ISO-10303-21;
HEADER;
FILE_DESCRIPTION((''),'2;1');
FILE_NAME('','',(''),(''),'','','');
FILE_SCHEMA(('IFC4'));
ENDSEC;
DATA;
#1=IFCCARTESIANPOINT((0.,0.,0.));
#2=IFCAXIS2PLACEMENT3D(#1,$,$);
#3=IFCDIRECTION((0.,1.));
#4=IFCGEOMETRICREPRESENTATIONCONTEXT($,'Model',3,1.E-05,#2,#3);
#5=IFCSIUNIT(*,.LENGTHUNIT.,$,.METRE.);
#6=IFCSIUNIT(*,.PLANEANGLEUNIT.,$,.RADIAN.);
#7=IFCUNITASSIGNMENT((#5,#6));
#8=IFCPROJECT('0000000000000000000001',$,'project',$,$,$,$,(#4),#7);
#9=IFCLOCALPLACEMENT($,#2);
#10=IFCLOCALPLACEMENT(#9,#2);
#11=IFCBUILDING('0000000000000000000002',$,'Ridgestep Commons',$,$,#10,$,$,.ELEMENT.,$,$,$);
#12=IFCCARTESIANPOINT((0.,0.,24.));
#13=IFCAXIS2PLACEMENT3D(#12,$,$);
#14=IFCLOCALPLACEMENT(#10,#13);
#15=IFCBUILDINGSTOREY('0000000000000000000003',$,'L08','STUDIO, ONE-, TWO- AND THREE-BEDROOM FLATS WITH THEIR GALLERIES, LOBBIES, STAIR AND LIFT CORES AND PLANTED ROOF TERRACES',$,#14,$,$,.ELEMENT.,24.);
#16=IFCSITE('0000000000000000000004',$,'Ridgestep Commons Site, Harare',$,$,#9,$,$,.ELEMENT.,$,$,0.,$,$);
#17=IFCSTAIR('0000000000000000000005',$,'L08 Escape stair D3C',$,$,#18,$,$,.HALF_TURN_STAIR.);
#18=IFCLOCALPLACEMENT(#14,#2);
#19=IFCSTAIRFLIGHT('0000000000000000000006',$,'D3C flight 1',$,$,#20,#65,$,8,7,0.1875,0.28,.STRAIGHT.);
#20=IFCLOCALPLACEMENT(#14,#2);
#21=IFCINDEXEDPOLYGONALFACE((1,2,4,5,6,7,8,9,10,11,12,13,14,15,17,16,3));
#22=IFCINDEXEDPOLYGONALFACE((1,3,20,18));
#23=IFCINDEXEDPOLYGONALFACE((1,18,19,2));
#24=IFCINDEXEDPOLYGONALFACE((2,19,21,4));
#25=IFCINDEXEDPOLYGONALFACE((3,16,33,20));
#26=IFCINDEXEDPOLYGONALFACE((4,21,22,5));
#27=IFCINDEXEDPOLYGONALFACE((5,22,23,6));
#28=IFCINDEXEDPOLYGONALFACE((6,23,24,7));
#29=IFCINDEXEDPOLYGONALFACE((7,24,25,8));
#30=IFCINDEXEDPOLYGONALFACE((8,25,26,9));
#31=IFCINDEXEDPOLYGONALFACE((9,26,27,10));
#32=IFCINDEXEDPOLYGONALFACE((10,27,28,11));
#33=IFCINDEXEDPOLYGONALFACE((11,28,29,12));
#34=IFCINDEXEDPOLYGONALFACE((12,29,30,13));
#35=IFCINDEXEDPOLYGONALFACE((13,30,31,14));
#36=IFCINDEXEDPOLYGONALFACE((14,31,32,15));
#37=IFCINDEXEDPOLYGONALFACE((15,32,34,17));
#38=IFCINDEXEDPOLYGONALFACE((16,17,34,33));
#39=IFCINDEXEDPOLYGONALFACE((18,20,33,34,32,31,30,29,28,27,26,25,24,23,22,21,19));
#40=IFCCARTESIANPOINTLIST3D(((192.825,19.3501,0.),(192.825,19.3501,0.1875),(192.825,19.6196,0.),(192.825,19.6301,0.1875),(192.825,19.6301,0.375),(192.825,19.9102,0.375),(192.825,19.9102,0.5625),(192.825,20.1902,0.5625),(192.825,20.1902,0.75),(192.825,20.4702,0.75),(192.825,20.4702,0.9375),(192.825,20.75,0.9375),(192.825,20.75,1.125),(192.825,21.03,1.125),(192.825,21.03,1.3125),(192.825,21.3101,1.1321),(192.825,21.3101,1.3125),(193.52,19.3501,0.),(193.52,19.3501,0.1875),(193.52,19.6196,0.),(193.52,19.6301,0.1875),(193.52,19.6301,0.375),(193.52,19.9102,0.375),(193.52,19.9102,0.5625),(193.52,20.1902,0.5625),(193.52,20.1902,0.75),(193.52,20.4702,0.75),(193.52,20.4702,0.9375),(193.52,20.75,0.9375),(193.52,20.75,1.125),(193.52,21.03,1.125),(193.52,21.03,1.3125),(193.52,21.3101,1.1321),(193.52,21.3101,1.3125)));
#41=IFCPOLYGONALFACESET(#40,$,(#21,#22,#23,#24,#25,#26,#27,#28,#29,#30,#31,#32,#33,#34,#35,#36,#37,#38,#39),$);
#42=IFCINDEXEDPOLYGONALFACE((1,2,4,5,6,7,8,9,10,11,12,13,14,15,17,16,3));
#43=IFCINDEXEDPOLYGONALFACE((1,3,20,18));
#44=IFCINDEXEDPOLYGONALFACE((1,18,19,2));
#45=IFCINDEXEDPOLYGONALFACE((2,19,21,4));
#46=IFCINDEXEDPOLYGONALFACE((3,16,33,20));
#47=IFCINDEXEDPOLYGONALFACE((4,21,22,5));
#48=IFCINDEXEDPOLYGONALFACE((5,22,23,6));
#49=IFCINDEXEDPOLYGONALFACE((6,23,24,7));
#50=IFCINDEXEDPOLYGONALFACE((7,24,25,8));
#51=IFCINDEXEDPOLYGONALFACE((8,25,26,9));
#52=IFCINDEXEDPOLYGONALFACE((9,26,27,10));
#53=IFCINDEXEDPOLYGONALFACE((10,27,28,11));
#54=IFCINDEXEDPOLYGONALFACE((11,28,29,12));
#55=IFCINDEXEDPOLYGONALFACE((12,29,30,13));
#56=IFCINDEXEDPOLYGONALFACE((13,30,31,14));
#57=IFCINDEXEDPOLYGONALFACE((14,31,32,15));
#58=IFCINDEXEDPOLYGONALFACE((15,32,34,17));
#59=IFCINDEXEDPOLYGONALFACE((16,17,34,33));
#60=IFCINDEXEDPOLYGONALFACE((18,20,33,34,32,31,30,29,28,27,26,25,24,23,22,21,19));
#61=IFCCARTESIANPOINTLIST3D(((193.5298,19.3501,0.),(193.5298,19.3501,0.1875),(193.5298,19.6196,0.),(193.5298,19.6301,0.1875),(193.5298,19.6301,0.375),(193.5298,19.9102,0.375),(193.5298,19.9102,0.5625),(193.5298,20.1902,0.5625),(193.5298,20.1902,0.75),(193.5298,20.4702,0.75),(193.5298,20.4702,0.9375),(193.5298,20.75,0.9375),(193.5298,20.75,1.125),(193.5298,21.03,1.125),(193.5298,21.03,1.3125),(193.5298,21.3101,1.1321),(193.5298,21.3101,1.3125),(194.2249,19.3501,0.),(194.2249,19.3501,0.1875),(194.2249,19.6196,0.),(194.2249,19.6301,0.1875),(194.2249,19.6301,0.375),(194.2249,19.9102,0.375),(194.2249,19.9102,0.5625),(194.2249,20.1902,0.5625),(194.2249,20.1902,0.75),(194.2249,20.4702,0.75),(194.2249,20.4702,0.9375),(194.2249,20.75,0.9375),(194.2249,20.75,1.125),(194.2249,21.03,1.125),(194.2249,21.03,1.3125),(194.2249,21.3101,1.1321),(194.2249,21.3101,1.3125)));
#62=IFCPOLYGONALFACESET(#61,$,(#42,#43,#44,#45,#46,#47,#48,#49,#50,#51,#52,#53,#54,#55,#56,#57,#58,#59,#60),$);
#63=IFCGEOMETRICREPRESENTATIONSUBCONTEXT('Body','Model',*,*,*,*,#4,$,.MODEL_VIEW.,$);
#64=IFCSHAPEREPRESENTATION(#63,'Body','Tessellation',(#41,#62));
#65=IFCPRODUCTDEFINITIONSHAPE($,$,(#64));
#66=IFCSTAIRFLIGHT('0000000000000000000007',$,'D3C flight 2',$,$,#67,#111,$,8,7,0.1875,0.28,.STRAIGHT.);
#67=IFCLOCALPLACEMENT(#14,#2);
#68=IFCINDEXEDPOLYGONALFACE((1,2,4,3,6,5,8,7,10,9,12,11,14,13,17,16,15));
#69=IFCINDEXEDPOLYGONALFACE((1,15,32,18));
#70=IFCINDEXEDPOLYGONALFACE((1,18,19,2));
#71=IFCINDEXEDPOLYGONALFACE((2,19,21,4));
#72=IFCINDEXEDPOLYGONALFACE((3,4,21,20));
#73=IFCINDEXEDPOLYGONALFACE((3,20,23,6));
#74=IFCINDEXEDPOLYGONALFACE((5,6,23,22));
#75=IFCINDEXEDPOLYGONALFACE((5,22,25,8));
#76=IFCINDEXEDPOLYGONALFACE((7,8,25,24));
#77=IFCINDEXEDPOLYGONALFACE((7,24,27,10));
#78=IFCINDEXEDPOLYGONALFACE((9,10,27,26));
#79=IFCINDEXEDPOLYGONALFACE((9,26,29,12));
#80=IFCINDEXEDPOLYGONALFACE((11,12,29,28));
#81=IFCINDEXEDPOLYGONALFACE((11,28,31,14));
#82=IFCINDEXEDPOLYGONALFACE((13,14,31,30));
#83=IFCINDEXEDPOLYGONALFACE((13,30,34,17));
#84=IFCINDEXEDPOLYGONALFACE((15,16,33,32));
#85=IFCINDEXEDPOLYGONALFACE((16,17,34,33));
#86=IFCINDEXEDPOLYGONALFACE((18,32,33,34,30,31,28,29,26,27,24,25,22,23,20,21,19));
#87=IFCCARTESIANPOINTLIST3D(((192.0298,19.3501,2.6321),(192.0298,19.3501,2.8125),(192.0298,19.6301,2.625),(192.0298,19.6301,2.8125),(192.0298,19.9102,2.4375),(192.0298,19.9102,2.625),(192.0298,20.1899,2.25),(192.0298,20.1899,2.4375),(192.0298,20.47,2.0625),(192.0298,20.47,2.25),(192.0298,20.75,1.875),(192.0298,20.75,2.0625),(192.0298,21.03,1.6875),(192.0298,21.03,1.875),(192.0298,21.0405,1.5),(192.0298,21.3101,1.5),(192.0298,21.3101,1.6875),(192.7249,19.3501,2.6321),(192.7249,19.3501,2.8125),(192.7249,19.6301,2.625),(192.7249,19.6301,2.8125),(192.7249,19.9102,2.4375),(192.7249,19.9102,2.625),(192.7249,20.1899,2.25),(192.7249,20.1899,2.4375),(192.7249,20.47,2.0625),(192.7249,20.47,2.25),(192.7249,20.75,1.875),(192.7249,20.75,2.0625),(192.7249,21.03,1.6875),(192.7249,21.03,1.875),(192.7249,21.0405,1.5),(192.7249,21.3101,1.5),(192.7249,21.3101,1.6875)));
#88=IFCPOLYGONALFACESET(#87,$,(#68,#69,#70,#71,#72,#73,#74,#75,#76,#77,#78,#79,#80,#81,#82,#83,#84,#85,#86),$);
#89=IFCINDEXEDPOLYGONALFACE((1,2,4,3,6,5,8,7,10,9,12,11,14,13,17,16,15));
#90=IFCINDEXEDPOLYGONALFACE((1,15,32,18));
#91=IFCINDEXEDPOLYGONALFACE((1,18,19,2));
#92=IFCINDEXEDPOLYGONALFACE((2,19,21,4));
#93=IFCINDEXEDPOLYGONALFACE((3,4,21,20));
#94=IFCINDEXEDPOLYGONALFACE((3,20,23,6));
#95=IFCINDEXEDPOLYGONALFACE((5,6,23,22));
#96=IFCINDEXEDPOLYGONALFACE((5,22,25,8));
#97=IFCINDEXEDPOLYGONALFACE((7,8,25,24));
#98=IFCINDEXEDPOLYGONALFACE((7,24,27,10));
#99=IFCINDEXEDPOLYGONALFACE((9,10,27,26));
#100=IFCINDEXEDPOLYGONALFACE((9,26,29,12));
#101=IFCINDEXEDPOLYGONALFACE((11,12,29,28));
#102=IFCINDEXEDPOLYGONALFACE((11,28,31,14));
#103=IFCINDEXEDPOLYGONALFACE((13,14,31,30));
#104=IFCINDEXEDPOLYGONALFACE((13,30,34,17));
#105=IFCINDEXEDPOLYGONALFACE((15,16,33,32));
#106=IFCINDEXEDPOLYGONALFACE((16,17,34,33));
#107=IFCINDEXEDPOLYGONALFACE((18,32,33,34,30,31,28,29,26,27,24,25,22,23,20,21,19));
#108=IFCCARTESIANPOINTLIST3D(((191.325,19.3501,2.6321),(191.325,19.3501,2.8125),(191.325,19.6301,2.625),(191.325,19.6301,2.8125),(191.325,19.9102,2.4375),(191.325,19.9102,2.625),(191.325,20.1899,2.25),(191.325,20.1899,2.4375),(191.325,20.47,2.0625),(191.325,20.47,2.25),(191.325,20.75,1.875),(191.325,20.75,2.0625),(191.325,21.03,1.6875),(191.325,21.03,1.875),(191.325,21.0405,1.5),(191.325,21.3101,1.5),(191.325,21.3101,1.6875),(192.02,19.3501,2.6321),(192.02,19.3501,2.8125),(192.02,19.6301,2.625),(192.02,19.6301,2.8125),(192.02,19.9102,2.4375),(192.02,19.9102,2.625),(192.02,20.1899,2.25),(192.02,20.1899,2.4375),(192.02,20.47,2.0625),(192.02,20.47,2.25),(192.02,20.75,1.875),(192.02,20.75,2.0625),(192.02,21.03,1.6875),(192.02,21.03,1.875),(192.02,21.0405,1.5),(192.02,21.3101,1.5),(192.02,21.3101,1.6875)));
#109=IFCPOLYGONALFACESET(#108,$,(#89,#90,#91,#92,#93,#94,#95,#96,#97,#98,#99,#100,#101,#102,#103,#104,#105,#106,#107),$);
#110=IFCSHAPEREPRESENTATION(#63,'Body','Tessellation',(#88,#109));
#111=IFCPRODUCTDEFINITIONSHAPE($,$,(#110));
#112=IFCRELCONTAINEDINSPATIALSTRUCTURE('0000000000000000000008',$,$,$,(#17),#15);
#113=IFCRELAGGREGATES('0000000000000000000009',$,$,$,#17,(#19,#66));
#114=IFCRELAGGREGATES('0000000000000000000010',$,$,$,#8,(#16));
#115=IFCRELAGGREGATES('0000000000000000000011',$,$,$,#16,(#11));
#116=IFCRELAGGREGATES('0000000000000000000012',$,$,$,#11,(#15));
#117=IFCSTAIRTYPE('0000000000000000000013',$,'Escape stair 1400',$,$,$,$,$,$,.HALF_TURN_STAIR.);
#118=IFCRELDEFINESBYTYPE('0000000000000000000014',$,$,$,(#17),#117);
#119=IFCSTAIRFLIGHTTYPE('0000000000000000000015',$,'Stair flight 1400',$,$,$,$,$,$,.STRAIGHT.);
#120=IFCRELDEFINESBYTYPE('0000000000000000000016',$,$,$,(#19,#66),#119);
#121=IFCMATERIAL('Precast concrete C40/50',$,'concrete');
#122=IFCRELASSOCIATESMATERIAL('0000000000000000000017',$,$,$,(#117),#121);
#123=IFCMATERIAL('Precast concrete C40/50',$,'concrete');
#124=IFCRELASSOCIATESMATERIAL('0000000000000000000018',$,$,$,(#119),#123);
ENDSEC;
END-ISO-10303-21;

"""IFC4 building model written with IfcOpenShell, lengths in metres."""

from ifc_helpers import new_model, si_unit, direction, frame, origin, place, context, subcontext, project, spatial, polyline, outline, extrude, material, type_object, element, aggregate, save


model = new_model("IFC4")

# Units and contexts
model_context = context("Model", 3, precision=1e-05, world=origin(), true_north=direction((0.0, 1.0)))
body_context = subcontext(model_context, "Body", "Model", "MODEL_VIEW")
ifc_project = project(units=[si_unit("LENGTHUNIT", "METRE"), si_unit("PLANEANGLEUNIT", "RADIAN")], contexts=[model_context])

# Site, building, storey
site_placement = place(None, origin())
site = spatial("IfcSite", under=ifc_project, at=site_placement, Name="Ridgestep Commons Site, Harare", CompositionType="ELEMENT", RefElevation=0.0)
building_placement = place(site_placement, origin())
building = spatial("IfcBuilding", under=site, at=building_placement, Name="Ridgestep Commons", CompositionType="ELEMENT")
storey_placement = place(building_placement, frame((0.0, 0.0, 24.0)))
storey = spatial("IfcBuildingStorey", under=building, at=storey_placement, Name="L08", Description="STUDIO, ONE-, TWO- AND THREE-BEDROOM FLATS WITH THEIR GALLERIES, LOBBIES, STAIR AND LIFT CORES AND PLANTED ROOF TERRACES", CompositionType="ELEMENT", Elevation=24.0)

# Stair, stair flights
ifc_material_1 = material(Name="Precast concrete C40/50", Category="concrete")
stair_type = type_object("IfcStairType", Name="Escape stair 1400", PredefinedType="HALF_TURN_STAIR", material=ifc_material_1)
stair_placement = place(storey_placement, origin())
stair = element("IfcStair", 1, at=stair_placement, inside=storey, type_object=stair_type, Name="L08 Escape stair D3C", PredefinedType="HALF_TURN_STAIR")
ifc_material_2 = material(Name="Precast concrete C40/50", Category="concrete")
stair_flight_type = type_object("IfcStairFlightType", Name="Stair flight 1400", PredefinedType="STRAIGHT", material=ifc_material_2)
stair_flight_1_placement = place(storey_placement, frame((193.5249, 19.3501, 0.0), z_axis=(0.0, 0.0, 1.0), x_axis=(0.0, 1.0, 0.0)))
stair_flight_1 = element("IfcStairFlight", 2, at=stair_flight_1_placement, type_object=stair_flight_type, Name="D3C flight 1", NumberOfRisers=8, NumberOfTreads=7, PredefinedType="STRAIGHT", RiserHeight=0.1875, TreadLength=0.28, context=body_context, shape_type="SweptSolid", body=[
    extrude(outline(polyline([(0.0, 0.0), (0.0, 0.1875), (0.28, 0.1875), (0.28, 0.375), (0.5601, 0.375), (0.5601, 0.5625), (0.8401, 0.5625), (0.8401, 0.75), (1.1201, 0.75), (1.1201, 0.9375), (1.3999, 0.9375), (1.3999, 1.125), (1.6799, 1.125), (1.6799, 1.3125), (1.96, 1.3125), (1.96, 1.5), (1.96, 1.1321), (0.2695, 0.0), (0.0, 0.0)])), frame((0.0, 0.7, 0.0), z_axis=(0.0, -1.0, 0.0), x_axis=(1.0, 0.0, 0.0)), (0.0, 0.0, 1.0), 0.6951),
    extrude(outline(polyline([(0.0, 0.0), (0.0, 0.1875), (0.28, 0.1875), (0.28, 0.375), (0.5601, 0.375), (0.5601, 0.5625), (0.8401, 0.5625), (0.8401, 0.75), (1.1201, 0.75), (1.1201, 0.9375), (1.3999, 0.9375), (1.3999, 1.125), (1.6799, 1.125), (1.6799, 1.3125), (1.96, 1.3125), (1.96, 1.5), (1.96, 1.1321), (0.2695, 0.0), (0.0, 0.0)])), frame((0.0, -0.0049, 0.0), z_axis=(0.0, -1.0, 0.0), x_axis=(1.0, 0.0, 0.0)), (0.0, 0.0, 1.0), 0.6951),
])
stair_flight_2_placement = place(storey_placement, frame((192.0249, 21.3101, 1.5), z_axis=(0.0, 0.0, 1.0), x_axis=(0.0, -1.0, 0.0)))
stair_flight_2 = element("IfcStairFlight", 3, at=stair_flight_2_placement, type_object=stair_flight_type, Name="D3C flight 2", NumberOfRisers=8, NumberOfTreads=7, PredefinedType="STRAIGHT", RiserHeight=0.1875, TreadLength=0.28, context=body_context, shape_type="SweptSolid", body=[
    extrude(outline(polyline([(0.0, 0.0), (0.0, 0.1875), (0.28, 0.1875), (0.28, 0.375), (0.5601, 0.375), (0.5601, 0.5625), (0.8401, 0.5625), (0.8401, 0.75), (1.1201, 0.75), (1.1201, 0.9375), (1.3999, 0.9375), (1.3999, 1.125), (1.6799, 1.125), (1.6799, 1.3125), (1.96, 1.3125), (1.96, 1.5), (1.96, 1.1321), (0.2695, 0.0), (0.0, 0.0)])), frame((0.0, 0.7, 0.0), z_axis=(0.0, -1.0, 0.0), x_axis=(1.0, 0.0, 0.0)), (0.0, 0.0, 1.0), 0.6951),
    extrude(outline(polyline([(0.0, 0.0), (0.0, 0.1875), (0.28, 0.1875), (0.28, 0.375), (0.5601, 0.375), (0.5601, 0.5625), (0.8401, 0.5625), (0.8401, 0.75), (1.1201, 0.75), (1.1201, 0.9375), (1.3999, 0.9375), (1.3999, 1.125), (1.6799, 1.125), (1.6799, 1.3125), (1.96, 1.3125), (1.96, 1.5), (1.96, 1.1321), (0.2695, 0.0), (0.0, 0.0)])), frame((0.0, -0.0049, 0.0), z_axis=(0.0, -1.0, 0.0), x_axis=(1.0, 0.0, 0.0)), (0.0, 0.0, 1.0), 0.6951),
])
aggregate(stair, [stair_flight_1, stair_flight_2])

save(model, "model.ifc")
